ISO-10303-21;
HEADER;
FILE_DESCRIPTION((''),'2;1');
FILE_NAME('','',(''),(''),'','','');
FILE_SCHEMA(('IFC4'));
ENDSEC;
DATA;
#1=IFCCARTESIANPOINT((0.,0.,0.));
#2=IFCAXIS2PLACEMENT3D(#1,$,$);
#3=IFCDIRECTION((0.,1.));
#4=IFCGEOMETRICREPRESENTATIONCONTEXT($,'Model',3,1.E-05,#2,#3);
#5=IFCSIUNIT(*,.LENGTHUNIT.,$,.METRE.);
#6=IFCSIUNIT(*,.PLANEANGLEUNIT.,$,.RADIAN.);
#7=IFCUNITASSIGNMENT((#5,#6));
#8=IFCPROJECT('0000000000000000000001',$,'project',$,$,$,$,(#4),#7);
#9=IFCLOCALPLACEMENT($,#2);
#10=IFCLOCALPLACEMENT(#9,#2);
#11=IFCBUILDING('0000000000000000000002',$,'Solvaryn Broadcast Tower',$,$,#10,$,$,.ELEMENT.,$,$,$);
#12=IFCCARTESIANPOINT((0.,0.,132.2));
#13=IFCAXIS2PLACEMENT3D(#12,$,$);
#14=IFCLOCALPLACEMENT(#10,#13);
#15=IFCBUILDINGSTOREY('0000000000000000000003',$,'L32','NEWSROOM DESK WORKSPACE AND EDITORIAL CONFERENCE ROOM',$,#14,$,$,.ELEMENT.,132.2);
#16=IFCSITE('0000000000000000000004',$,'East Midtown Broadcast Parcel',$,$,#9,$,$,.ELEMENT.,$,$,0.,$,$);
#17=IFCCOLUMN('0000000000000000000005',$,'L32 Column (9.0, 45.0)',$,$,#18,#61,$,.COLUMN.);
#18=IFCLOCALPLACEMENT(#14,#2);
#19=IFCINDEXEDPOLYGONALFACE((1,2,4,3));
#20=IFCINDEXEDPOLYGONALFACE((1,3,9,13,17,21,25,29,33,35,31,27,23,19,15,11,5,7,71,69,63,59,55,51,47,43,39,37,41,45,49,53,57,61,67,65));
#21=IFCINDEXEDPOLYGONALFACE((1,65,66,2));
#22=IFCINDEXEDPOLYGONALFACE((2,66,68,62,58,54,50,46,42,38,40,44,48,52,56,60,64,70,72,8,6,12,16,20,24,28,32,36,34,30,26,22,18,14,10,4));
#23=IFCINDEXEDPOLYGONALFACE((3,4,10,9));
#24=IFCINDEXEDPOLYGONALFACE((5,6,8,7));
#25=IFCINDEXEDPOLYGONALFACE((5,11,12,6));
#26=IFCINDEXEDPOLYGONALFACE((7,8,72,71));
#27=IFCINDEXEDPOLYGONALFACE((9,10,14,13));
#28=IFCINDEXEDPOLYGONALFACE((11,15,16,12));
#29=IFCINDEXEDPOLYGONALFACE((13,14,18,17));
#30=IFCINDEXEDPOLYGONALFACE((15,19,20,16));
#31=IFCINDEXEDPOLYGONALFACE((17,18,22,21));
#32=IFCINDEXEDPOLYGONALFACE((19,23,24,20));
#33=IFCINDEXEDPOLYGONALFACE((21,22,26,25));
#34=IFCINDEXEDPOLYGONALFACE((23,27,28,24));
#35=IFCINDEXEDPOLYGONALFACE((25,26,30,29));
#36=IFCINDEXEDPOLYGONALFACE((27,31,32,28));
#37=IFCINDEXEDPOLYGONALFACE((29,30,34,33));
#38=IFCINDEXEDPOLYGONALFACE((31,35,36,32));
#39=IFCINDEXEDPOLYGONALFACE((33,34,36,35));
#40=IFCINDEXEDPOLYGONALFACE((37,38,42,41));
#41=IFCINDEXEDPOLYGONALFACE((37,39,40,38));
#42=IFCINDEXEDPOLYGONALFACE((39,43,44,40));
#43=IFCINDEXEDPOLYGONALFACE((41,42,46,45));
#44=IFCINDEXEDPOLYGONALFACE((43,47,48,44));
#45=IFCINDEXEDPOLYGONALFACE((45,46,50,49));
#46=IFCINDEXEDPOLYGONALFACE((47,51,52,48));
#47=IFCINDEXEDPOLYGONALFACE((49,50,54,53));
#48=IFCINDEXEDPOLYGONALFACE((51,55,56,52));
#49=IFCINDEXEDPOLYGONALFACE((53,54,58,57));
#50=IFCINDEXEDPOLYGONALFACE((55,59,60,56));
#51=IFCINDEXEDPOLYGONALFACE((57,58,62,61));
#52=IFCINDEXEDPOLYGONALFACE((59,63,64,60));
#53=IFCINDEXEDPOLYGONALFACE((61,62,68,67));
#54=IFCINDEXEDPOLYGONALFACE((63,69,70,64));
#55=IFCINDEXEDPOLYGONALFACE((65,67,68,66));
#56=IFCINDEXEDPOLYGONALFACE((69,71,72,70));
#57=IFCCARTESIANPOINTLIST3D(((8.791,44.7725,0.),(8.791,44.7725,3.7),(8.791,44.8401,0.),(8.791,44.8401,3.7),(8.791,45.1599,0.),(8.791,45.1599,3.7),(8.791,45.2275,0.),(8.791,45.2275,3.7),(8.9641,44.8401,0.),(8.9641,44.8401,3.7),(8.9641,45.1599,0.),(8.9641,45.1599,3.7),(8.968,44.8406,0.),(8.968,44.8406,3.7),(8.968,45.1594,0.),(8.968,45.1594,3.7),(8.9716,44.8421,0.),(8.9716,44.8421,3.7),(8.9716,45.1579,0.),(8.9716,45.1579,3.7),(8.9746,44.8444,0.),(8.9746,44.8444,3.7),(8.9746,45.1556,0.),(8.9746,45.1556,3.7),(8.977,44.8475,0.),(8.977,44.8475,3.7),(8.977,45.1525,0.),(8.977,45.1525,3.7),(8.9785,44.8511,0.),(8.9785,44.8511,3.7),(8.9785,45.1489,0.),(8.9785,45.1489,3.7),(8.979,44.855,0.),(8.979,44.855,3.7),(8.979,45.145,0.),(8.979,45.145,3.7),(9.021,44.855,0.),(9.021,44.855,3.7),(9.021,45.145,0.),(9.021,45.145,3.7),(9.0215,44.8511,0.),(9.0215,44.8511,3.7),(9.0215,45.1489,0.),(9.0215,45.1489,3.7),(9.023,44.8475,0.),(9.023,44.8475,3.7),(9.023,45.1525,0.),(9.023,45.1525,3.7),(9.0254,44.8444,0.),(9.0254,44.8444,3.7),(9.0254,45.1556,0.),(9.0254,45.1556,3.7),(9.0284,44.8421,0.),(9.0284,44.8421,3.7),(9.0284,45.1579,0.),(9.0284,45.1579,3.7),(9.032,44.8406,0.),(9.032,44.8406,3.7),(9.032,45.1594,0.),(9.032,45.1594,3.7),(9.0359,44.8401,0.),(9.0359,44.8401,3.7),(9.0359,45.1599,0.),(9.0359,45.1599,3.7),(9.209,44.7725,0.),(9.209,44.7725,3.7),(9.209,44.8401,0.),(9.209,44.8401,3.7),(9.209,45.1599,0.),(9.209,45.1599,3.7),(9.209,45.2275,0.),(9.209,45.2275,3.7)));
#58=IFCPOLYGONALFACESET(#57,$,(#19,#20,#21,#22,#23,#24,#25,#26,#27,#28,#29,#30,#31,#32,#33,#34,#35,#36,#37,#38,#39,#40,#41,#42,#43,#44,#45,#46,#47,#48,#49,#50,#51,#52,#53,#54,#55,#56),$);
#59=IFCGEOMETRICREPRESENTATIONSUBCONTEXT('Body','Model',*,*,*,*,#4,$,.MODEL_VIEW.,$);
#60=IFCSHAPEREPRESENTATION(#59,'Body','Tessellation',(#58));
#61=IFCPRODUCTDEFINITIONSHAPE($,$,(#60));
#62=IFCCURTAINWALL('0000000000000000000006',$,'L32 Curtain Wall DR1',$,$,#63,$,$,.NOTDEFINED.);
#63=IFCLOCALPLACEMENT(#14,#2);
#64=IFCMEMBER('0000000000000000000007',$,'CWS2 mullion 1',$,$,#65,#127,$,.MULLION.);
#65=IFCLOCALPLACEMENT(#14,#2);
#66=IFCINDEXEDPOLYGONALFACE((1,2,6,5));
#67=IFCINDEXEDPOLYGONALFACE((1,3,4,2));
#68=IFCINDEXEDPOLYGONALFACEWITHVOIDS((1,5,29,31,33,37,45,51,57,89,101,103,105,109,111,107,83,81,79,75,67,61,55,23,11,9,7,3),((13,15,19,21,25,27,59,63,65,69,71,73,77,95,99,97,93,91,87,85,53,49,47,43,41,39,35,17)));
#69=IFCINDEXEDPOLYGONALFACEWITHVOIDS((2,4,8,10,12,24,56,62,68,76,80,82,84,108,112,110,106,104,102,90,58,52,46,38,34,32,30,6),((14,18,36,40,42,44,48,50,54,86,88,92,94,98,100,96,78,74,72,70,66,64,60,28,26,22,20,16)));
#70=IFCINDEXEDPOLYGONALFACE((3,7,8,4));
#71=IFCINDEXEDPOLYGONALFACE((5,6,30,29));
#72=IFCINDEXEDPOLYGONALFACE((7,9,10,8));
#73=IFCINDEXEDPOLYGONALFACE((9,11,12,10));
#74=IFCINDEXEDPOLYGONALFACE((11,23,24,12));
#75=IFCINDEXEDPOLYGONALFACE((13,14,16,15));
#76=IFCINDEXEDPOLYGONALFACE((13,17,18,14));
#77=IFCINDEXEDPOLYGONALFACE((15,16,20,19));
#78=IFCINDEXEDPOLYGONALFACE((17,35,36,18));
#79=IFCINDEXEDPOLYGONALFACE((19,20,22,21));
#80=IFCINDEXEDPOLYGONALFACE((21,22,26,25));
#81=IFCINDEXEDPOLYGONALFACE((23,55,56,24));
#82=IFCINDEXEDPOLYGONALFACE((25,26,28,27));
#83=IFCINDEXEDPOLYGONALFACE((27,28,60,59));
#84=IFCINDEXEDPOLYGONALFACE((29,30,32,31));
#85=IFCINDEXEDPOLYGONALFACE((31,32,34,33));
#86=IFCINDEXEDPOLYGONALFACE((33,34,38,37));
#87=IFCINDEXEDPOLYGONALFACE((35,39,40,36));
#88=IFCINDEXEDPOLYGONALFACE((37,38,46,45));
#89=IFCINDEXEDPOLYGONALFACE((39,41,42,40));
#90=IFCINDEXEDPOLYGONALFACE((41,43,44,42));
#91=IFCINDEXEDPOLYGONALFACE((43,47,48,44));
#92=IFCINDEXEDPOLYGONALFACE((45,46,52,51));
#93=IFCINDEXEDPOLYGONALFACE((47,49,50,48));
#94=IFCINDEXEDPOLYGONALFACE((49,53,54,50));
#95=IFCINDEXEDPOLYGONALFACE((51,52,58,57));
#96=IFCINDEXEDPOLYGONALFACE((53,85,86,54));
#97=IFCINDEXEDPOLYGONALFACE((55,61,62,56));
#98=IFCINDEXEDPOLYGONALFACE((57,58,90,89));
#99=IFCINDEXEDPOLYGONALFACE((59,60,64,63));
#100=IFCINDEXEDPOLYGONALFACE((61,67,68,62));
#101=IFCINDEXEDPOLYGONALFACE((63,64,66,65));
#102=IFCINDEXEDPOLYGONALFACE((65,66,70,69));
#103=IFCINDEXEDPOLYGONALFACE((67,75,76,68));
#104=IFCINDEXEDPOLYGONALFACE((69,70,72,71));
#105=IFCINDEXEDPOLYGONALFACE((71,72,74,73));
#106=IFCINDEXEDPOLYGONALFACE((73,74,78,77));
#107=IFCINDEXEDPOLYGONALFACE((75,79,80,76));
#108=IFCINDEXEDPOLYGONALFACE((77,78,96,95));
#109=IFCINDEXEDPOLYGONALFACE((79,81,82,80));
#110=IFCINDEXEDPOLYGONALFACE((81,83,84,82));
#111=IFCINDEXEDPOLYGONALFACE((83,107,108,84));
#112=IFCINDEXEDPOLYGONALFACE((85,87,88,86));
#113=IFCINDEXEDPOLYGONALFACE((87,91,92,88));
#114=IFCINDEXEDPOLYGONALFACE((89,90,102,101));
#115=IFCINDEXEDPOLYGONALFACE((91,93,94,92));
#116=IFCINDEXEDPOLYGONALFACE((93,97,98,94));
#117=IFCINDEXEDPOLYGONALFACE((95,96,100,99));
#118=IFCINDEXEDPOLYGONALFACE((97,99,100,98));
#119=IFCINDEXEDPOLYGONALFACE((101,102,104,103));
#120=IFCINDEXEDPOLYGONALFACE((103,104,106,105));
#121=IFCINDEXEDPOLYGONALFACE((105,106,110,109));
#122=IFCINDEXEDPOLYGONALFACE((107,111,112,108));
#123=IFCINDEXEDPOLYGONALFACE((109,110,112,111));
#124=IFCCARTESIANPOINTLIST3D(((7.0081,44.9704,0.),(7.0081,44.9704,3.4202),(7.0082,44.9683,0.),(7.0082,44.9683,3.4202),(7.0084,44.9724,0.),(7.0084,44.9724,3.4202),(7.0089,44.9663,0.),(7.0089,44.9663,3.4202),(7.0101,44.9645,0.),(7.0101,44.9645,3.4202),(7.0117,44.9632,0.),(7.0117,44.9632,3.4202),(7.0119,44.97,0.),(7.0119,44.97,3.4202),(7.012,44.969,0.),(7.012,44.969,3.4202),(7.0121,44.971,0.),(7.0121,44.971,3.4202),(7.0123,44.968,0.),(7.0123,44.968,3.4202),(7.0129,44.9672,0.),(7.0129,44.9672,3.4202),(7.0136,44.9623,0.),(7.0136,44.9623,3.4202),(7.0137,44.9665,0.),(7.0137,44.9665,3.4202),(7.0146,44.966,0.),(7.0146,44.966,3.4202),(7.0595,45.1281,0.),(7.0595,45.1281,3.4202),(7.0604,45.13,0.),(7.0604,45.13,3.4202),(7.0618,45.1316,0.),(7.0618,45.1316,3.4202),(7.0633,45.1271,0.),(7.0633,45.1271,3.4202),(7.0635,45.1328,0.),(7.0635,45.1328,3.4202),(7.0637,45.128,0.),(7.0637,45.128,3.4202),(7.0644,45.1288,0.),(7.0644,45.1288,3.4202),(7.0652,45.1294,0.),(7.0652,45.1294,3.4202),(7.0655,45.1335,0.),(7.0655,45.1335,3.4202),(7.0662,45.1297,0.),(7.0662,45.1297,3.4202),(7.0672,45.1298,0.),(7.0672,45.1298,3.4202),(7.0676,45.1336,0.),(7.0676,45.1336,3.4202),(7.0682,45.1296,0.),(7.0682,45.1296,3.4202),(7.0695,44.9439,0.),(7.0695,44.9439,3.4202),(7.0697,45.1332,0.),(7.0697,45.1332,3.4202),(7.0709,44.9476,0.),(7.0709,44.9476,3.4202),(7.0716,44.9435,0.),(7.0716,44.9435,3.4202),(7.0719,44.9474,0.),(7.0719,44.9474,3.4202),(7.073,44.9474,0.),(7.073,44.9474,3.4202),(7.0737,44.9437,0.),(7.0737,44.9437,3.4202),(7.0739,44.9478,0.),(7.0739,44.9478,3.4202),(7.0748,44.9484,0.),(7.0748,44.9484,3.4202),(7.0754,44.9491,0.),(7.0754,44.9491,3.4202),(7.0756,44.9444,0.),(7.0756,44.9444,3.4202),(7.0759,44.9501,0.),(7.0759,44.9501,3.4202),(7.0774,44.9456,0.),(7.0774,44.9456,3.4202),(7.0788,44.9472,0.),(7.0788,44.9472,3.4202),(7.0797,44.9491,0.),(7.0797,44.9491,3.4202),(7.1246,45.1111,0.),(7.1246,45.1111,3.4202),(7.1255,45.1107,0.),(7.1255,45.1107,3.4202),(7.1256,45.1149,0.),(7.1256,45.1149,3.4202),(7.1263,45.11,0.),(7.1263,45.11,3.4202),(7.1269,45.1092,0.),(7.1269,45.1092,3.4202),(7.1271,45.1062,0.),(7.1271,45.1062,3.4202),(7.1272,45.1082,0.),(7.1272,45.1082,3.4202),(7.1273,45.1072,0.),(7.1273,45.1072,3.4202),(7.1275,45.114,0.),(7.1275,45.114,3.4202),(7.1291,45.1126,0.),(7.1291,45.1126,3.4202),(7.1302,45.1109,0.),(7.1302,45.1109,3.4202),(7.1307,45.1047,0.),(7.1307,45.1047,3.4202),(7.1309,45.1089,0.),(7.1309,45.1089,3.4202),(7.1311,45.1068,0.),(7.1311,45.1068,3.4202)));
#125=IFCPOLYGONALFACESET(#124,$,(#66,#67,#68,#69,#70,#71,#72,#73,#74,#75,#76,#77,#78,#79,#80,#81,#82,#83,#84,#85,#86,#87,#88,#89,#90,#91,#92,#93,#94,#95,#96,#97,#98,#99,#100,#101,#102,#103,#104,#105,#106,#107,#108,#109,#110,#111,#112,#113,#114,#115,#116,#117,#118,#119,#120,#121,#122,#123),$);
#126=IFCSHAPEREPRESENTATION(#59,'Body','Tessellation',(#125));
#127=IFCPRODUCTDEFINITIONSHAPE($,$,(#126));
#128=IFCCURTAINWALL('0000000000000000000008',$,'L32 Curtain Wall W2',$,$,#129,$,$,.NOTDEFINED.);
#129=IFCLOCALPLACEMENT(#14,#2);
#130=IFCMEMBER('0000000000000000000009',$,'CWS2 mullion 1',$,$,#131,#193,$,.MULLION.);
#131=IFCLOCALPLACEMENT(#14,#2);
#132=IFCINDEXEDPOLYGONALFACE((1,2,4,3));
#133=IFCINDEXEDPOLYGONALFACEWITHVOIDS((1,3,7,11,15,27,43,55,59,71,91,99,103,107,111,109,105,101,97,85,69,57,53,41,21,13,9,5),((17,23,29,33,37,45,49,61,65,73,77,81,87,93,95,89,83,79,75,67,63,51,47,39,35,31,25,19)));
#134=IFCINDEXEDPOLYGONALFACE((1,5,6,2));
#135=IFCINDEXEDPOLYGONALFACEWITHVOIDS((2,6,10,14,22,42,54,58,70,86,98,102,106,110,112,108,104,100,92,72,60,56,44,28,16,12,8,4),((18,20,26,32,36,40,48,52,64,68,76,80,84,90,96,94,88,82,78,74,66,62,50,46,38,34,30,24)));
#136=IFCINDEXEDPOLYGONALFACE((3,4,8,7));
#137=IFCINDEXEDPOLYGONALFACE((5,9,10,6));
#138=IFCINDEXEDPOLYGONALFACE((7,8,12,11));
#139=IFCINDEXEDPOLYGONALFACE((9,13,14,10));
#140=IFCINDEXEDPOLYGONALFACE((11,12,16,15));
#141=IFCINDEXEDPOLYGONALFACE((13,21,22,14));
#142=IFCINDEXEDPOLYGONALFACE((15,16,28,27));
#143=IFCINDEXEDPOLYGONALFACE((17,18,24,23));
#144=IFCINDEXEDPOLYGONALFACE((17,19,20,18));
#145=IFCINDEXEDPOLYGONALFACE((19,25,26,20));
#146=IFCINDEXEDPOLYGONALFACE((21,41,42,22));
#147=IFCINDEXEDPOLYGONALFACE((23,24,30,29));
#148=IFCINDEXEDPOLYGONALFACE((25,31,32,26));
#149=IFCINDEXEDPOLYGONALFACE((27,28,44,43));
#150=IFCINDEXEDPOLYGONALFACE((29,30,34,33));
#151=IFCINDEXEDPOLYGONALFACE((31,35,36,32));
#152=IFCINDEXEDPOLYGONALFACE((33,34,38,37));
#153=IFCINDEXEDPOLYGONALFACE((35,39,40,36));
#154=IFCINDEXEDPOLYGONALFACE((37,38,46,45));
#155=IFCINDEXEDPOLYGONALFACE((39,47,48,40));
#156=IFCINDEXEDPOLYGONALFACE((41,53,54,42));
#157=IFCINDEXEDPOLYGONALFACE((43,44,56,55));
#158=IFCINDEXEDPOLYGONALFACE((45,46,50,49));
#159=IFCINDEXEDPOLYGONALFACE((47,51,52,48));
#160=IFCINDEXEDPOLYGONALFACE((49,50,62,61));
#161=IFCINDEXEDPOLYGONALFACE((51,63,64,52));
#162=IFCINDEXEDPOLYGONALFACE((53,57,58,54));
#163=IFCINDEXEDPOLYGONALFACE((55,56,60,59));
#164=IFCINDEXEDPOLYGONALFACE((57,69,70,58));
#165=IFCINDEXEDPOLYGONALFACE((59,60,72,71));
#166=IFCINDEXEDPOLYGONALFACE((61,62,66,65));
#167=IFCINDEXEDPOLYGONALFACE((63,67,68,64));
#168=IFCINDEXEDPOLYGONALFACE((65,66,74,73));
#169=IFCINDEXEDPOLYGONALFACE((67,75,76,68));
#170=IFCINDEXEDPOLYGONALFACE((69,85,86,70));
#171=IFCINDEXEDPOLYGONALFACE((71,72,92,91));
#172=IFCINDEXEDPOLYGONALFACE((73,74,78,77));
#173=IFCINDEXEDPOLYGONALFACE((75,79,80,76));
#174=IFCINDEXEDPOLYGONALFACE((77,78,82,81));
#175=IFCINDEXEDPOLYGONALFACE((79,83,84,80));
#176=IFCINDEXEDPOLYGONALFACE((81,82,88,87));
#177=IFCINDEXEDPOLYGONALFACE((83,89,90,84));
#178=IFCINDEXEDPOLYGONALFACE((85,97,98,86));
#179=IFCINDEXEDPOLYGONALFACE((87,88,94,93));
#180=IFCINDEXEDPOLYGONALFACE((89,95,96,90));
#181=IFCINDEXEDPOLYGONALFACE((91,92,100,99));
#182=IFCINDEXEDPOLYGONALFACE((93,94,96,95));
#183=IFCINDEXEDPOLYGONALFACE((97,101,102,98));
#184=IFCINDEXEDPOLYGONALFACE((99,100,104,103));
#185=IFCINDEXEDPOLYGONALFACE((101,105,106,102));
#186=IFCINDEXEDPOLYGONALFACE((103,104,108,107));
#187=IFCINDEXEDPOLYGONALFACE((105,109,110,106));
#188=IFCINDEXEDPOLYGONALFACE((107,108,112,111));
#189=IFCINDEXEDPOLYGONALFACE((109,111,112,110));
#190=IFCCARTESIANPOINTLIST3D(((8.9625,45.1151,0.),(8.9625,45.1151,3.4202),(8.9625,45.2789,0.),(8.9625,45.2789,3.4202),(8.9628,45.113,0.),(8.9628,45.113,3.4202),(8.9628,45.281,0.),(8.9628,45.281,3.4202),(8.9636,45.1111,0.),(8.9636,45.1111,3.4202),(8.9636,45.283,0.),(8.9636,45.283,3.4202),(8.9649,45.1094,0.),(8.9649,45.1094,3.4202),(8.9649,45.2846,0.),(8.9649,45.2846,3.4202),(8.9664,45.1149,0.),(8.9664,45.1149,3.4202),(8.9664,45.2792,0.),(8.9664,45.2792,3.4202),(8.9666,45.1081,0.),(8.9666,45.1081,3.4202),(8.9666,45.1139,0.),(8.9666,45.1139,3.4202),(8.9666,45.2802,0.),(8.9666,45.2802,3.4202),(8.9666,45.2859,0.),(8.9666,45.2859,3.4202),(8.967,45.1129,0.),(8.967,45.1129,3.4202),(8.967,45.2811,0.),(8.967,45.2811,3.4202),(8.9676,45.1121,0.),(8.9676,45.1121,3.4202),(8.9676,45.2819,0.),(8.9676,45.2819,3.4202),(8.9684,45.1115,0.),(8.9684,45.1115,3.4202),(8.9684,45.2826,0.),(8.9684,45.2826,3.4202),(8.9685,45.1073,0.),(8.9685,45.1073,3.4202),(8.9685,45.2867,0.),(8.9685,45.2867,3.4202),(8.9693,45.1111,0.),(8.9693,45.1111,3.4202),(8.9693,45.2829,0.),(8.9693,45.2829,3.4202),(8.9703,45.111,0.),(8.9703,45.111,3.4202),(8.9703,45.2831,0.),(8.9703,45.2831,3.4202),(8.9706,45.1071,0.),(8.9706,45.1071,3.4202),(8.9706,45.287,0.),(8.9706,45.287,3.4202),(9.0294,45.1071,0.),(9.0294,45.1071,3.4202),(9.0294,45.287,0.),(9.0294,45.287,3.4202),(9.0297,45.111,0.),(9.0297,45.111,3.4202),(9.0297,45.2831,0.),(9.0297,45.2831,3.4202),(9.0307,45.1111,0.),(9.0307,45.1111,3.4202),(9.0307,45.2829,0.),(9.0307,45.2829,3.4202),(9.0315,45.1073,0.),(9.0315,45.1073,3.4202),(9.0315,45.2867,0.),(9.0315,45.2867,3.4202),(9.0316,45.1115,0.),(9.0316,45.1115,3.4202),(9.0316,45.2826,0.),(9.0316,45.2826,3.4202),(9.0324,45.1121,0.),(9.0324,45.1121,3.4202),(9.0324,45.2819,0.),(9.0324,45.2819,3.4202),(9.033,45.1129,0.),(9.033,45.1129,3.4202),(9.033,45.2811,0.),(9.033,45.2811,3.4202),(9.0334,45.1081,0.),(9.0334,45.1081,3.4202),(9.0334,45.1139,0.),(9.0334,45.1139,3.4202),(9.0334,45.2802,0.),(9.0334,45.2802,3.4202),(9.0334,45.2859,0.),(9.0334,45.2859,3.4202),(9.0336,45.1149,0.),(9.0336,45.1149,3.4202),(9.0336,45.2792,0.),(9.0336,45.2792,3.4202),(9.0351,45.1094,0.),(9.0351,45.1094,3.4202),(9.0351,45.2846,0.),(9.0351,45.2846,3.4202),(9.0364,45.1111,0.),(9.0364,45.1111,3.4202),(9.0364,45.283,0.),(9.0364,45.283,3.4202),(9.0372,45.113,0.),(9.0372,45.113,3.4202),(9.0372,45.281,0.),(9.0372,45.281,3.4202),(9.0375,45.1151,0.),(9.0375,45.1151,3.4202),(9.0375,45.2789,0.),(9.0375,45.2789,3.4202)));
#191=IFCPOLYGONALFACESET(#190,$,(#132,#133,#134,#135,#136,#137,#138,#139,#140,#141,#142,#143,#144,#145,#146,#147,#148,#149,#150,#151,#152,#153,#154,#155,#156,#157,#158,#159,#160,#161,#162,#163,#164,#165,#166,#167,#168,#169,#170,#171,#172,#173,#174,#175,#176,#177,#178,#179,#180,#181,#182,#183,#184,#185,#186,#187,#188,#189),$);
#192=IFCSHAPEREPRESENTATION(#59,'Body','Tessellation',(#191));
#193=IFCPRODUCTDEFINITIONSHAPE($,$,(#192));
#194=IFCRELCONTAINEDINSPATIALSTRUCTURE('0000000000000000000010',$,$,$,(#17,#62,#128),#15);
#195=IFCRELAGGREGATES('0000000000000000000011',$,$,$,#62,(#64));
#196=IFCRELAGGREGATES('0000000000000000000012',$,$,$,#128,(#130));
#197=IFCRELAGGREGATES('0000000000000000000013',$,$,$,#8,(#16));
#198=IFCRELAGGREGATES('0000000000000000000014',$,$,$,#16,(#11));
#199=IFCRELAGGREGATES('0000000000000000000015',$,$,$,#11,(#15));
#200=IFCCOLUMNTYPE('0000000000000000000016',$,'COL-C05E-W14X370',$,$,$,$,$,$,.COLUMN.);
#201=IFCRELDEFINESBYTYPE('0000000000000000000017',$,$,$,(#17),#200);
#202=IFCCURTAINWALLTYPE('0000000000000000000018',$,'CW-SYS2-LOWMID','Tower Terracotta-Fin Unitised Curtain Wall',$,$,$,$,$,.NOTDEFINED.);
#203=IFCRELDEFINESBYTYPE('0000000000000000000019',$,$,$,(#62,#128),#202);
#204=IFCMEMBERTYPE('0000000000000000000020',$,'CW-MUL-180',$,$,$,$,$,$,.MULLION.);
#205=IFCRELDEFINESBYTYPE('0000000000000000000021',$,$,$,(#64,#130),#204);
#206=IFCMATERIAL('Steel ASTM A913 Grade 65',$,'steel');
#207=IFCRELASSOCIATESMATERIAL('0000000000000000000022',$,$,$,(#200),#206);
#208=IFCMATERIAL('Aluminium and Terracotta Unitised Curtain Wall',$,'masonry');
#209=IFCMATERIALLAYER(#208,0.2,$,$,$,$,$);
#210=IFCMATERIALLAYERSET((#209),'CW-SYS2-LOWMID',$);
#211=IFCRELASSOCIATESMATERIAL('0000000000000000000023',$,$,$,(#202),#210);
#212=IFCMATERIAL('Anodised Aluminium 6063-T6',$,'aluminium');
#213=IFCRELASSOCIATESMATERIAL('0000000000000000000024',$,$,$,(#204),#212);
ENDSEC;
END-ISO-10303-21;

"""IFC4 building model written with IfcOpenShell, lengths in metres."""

from ifc_helpers import new_model, si_unit, direction, frame, origin, origin_2d, place, context, subcontext, project, spatial, hollow_rectangle, i_section, extrude, material, layer, layer_set, material_profile, profile_set, type_object, element, aggregate, save


model = new_model("IFC4")

# Units and contexts
model_context = context("Model", 3, precision=1e-05, world=origin(), true_north=direction((0.0, 1.0)))
body_context = subcontext(model_context, "Body", "Model", "MODEL_VIEW")
ifc_project = project(units=[si_unit("LENGTHUNIT", "METRE"), si_unit("PLANEANGLEUNIT", "RADIAN")], contexts=[model_context])

# Site, building, storey
site_placement = place(None, origin())
site = spatial("IfcSite", under=ifc_project, at=site_placement, Name="East Midtown Broadcast Parcel", CompositionType="ELEMENT", RefElevation=0.0)
building_placement = place(site_placement, origin())
building = spatial("IfcBuilding", under=site, at=building_placement, Name="Solvaryn Broadcast Tower", CompositionType="ELEMENT")
storey_placement = place(building_placement, frame((0.0, 0.0, 132.2)))
storey = spatial("IfcBuildingStorey", under=building, at=storey_placement, Name="L32", Description="NEWSROOM DESK WORKSPACE AND EDITORIAL CONFERENCE ROOM", CompositionType="ELEMENT", Elevation=132.2)

# Column
ifc_material_1 = material(Name="Steel ASTM A913 Grade 65", Category="steel")
ifc_material_profile_1 = material_profile(ifc_material_1, i_section(OverallWidth=0.418, OverallDepth=0.4551, WebThickness=0.042, FlangeThickness=0.0676, FilletRadius=0.0149, at=origin_2d()))
ifc_profile_set_1 = profile_set([ifc_material_profile_1], Name="Steel ASTM A913 Grade 65")
column_type = type_object("IfcColumnType", Name="COL-C05E-W14X370", PredefinedType="COLUMN", material=ifc_profile_set_1)
column_placement = place(storey_placement, frame((9.0, 45.0, 0.0), z_axis=(0.0, 0.0, 1.0), x_axis=(1.0, 0.0, 0.0)))
element("IfcColumn", 1, at=column_placement, inside=storey, type_object=column_type, Name="L32 Column (9.0, 45.0)", PredefinedType="COLUMN", context=body_context, shape_type="SweptSolid", body=[
    extrude(i_section(OverallWidth=0.418, OverallDepth=0.4551, WebThickness=0.042, FlangeThickness=0.0676, FilletRadius=0.0149, at=origin_2d()), origin(), (0.0, 0.0, 1.0), 3.7),
])

# Curtain wall, member
ifc_material_2 = material(Name="Aluminium and Terracotta Unitised Curtain Wall", Category="masonry")
ifc_layer_1 = layer(ifc_material_2, 0.2)
ifc_layer_set_1 = layer_set([ifc_layer_1], Name="CW-SYS2-LOWMID")
curtain_wall_type = type_object("IfcCurtainWallType", Name="CW-SYS2-LOWMID", Description="Tower Terracotta-Fin Unitised Curtain Wall", PredefinedType="NOTDEFINED", material=ifc_layer_set_1)
curtain_wall_1_placement = place(storey_placement, origin())
curtain_wall_1 = element("IfcCurtainWall", 2, at=curtain_wall_1_placement, inside=storey, type_object=curtain_wall_type, Name="L32 Curtain Wall DR1", PredefinedType="NOTDEFINED")
ifc_material_3 = material(Name="Anodised Aluminium 6063-T6", Category="aluminium")
ifc_material_profile_2 = material_profile(ifc_material_3, hollow_rectangle(XDim=0.075, YDim=0.1799, WallThickness=0.0039, InnerFilletRadius=0.0039, OuterFilletRadius=0.0081, at=origin_2d()))
ifc_profile_set_2 = profile_set([ifc_material_profile_2], Name="Anodised Aluminium 6063-T6")
member_type_1 = type_object("IfcMemberType", Name="CW-MUL-180", PredefinedType="MULLION", material=ifc_profile_set_2)
member_1_placement = place(storey_placement, frame((7.0696, 45.0386, 0.0), z_axis=(0.0, 0.0, 1.0), x_axis=(0.950198, -0.311646, 0.0)))
member_1 = element("IfcMember", 3, at=member_1_placement, type_object=member_type_1, Name="CWS2 mullion 1", PredefinedType="MULLION", context=body_context, shape_type="SweptSolid", body=[
    extrude(hollow_rectangle(XDim=0.075, YDim=0.1799, WallThickness=0.0039, InnerFilletRadius=0.0039, OuterFilletRadius=0.0081, at=origin_2d()), origin(), (0.0, 0.0, 1.0), 3.4202),
])

# Curtain wall, member
curtain_wall_2_placement = place(storey_placement, origin())
curtain_wall_2 = element("IfcCurtainWall", 4, at=curtain_wall_2_placement, inside=storey, type_object=curtain_wall_type, Name="L32 Curtain Wall W2", PredefinedType="NOTDEFINED")
member_2_placement = place(storey_placement, frame((9.0, 45.197, 0.0), z_axis=(0.0, 0.0, 1.0), x_axis=(-1.0, 0.0, 0.0)))
member_2 = element("IfcMember", 5, at=member_2_placement, type_object=member_type_1, Name="CWS2 mullion 1", PredefinedType="MULLION", context=body_context, shape_type="SweptSolid", body=[
    extrude(hollow_rectangle(XDim=0.075, YDim=0.1799, WallThickness=0.0039, InnerFilletRadius=0.0039, OuterFilletRadius=0.0081, at=origin_2d()), origin(), (0.0, 0.0, 1.0), 3.4202),
])

aggregate(curtain_wall_1, [member_1])

aggregate(curtain_wall_2, [member_2])

save(model, "model.ifc")
